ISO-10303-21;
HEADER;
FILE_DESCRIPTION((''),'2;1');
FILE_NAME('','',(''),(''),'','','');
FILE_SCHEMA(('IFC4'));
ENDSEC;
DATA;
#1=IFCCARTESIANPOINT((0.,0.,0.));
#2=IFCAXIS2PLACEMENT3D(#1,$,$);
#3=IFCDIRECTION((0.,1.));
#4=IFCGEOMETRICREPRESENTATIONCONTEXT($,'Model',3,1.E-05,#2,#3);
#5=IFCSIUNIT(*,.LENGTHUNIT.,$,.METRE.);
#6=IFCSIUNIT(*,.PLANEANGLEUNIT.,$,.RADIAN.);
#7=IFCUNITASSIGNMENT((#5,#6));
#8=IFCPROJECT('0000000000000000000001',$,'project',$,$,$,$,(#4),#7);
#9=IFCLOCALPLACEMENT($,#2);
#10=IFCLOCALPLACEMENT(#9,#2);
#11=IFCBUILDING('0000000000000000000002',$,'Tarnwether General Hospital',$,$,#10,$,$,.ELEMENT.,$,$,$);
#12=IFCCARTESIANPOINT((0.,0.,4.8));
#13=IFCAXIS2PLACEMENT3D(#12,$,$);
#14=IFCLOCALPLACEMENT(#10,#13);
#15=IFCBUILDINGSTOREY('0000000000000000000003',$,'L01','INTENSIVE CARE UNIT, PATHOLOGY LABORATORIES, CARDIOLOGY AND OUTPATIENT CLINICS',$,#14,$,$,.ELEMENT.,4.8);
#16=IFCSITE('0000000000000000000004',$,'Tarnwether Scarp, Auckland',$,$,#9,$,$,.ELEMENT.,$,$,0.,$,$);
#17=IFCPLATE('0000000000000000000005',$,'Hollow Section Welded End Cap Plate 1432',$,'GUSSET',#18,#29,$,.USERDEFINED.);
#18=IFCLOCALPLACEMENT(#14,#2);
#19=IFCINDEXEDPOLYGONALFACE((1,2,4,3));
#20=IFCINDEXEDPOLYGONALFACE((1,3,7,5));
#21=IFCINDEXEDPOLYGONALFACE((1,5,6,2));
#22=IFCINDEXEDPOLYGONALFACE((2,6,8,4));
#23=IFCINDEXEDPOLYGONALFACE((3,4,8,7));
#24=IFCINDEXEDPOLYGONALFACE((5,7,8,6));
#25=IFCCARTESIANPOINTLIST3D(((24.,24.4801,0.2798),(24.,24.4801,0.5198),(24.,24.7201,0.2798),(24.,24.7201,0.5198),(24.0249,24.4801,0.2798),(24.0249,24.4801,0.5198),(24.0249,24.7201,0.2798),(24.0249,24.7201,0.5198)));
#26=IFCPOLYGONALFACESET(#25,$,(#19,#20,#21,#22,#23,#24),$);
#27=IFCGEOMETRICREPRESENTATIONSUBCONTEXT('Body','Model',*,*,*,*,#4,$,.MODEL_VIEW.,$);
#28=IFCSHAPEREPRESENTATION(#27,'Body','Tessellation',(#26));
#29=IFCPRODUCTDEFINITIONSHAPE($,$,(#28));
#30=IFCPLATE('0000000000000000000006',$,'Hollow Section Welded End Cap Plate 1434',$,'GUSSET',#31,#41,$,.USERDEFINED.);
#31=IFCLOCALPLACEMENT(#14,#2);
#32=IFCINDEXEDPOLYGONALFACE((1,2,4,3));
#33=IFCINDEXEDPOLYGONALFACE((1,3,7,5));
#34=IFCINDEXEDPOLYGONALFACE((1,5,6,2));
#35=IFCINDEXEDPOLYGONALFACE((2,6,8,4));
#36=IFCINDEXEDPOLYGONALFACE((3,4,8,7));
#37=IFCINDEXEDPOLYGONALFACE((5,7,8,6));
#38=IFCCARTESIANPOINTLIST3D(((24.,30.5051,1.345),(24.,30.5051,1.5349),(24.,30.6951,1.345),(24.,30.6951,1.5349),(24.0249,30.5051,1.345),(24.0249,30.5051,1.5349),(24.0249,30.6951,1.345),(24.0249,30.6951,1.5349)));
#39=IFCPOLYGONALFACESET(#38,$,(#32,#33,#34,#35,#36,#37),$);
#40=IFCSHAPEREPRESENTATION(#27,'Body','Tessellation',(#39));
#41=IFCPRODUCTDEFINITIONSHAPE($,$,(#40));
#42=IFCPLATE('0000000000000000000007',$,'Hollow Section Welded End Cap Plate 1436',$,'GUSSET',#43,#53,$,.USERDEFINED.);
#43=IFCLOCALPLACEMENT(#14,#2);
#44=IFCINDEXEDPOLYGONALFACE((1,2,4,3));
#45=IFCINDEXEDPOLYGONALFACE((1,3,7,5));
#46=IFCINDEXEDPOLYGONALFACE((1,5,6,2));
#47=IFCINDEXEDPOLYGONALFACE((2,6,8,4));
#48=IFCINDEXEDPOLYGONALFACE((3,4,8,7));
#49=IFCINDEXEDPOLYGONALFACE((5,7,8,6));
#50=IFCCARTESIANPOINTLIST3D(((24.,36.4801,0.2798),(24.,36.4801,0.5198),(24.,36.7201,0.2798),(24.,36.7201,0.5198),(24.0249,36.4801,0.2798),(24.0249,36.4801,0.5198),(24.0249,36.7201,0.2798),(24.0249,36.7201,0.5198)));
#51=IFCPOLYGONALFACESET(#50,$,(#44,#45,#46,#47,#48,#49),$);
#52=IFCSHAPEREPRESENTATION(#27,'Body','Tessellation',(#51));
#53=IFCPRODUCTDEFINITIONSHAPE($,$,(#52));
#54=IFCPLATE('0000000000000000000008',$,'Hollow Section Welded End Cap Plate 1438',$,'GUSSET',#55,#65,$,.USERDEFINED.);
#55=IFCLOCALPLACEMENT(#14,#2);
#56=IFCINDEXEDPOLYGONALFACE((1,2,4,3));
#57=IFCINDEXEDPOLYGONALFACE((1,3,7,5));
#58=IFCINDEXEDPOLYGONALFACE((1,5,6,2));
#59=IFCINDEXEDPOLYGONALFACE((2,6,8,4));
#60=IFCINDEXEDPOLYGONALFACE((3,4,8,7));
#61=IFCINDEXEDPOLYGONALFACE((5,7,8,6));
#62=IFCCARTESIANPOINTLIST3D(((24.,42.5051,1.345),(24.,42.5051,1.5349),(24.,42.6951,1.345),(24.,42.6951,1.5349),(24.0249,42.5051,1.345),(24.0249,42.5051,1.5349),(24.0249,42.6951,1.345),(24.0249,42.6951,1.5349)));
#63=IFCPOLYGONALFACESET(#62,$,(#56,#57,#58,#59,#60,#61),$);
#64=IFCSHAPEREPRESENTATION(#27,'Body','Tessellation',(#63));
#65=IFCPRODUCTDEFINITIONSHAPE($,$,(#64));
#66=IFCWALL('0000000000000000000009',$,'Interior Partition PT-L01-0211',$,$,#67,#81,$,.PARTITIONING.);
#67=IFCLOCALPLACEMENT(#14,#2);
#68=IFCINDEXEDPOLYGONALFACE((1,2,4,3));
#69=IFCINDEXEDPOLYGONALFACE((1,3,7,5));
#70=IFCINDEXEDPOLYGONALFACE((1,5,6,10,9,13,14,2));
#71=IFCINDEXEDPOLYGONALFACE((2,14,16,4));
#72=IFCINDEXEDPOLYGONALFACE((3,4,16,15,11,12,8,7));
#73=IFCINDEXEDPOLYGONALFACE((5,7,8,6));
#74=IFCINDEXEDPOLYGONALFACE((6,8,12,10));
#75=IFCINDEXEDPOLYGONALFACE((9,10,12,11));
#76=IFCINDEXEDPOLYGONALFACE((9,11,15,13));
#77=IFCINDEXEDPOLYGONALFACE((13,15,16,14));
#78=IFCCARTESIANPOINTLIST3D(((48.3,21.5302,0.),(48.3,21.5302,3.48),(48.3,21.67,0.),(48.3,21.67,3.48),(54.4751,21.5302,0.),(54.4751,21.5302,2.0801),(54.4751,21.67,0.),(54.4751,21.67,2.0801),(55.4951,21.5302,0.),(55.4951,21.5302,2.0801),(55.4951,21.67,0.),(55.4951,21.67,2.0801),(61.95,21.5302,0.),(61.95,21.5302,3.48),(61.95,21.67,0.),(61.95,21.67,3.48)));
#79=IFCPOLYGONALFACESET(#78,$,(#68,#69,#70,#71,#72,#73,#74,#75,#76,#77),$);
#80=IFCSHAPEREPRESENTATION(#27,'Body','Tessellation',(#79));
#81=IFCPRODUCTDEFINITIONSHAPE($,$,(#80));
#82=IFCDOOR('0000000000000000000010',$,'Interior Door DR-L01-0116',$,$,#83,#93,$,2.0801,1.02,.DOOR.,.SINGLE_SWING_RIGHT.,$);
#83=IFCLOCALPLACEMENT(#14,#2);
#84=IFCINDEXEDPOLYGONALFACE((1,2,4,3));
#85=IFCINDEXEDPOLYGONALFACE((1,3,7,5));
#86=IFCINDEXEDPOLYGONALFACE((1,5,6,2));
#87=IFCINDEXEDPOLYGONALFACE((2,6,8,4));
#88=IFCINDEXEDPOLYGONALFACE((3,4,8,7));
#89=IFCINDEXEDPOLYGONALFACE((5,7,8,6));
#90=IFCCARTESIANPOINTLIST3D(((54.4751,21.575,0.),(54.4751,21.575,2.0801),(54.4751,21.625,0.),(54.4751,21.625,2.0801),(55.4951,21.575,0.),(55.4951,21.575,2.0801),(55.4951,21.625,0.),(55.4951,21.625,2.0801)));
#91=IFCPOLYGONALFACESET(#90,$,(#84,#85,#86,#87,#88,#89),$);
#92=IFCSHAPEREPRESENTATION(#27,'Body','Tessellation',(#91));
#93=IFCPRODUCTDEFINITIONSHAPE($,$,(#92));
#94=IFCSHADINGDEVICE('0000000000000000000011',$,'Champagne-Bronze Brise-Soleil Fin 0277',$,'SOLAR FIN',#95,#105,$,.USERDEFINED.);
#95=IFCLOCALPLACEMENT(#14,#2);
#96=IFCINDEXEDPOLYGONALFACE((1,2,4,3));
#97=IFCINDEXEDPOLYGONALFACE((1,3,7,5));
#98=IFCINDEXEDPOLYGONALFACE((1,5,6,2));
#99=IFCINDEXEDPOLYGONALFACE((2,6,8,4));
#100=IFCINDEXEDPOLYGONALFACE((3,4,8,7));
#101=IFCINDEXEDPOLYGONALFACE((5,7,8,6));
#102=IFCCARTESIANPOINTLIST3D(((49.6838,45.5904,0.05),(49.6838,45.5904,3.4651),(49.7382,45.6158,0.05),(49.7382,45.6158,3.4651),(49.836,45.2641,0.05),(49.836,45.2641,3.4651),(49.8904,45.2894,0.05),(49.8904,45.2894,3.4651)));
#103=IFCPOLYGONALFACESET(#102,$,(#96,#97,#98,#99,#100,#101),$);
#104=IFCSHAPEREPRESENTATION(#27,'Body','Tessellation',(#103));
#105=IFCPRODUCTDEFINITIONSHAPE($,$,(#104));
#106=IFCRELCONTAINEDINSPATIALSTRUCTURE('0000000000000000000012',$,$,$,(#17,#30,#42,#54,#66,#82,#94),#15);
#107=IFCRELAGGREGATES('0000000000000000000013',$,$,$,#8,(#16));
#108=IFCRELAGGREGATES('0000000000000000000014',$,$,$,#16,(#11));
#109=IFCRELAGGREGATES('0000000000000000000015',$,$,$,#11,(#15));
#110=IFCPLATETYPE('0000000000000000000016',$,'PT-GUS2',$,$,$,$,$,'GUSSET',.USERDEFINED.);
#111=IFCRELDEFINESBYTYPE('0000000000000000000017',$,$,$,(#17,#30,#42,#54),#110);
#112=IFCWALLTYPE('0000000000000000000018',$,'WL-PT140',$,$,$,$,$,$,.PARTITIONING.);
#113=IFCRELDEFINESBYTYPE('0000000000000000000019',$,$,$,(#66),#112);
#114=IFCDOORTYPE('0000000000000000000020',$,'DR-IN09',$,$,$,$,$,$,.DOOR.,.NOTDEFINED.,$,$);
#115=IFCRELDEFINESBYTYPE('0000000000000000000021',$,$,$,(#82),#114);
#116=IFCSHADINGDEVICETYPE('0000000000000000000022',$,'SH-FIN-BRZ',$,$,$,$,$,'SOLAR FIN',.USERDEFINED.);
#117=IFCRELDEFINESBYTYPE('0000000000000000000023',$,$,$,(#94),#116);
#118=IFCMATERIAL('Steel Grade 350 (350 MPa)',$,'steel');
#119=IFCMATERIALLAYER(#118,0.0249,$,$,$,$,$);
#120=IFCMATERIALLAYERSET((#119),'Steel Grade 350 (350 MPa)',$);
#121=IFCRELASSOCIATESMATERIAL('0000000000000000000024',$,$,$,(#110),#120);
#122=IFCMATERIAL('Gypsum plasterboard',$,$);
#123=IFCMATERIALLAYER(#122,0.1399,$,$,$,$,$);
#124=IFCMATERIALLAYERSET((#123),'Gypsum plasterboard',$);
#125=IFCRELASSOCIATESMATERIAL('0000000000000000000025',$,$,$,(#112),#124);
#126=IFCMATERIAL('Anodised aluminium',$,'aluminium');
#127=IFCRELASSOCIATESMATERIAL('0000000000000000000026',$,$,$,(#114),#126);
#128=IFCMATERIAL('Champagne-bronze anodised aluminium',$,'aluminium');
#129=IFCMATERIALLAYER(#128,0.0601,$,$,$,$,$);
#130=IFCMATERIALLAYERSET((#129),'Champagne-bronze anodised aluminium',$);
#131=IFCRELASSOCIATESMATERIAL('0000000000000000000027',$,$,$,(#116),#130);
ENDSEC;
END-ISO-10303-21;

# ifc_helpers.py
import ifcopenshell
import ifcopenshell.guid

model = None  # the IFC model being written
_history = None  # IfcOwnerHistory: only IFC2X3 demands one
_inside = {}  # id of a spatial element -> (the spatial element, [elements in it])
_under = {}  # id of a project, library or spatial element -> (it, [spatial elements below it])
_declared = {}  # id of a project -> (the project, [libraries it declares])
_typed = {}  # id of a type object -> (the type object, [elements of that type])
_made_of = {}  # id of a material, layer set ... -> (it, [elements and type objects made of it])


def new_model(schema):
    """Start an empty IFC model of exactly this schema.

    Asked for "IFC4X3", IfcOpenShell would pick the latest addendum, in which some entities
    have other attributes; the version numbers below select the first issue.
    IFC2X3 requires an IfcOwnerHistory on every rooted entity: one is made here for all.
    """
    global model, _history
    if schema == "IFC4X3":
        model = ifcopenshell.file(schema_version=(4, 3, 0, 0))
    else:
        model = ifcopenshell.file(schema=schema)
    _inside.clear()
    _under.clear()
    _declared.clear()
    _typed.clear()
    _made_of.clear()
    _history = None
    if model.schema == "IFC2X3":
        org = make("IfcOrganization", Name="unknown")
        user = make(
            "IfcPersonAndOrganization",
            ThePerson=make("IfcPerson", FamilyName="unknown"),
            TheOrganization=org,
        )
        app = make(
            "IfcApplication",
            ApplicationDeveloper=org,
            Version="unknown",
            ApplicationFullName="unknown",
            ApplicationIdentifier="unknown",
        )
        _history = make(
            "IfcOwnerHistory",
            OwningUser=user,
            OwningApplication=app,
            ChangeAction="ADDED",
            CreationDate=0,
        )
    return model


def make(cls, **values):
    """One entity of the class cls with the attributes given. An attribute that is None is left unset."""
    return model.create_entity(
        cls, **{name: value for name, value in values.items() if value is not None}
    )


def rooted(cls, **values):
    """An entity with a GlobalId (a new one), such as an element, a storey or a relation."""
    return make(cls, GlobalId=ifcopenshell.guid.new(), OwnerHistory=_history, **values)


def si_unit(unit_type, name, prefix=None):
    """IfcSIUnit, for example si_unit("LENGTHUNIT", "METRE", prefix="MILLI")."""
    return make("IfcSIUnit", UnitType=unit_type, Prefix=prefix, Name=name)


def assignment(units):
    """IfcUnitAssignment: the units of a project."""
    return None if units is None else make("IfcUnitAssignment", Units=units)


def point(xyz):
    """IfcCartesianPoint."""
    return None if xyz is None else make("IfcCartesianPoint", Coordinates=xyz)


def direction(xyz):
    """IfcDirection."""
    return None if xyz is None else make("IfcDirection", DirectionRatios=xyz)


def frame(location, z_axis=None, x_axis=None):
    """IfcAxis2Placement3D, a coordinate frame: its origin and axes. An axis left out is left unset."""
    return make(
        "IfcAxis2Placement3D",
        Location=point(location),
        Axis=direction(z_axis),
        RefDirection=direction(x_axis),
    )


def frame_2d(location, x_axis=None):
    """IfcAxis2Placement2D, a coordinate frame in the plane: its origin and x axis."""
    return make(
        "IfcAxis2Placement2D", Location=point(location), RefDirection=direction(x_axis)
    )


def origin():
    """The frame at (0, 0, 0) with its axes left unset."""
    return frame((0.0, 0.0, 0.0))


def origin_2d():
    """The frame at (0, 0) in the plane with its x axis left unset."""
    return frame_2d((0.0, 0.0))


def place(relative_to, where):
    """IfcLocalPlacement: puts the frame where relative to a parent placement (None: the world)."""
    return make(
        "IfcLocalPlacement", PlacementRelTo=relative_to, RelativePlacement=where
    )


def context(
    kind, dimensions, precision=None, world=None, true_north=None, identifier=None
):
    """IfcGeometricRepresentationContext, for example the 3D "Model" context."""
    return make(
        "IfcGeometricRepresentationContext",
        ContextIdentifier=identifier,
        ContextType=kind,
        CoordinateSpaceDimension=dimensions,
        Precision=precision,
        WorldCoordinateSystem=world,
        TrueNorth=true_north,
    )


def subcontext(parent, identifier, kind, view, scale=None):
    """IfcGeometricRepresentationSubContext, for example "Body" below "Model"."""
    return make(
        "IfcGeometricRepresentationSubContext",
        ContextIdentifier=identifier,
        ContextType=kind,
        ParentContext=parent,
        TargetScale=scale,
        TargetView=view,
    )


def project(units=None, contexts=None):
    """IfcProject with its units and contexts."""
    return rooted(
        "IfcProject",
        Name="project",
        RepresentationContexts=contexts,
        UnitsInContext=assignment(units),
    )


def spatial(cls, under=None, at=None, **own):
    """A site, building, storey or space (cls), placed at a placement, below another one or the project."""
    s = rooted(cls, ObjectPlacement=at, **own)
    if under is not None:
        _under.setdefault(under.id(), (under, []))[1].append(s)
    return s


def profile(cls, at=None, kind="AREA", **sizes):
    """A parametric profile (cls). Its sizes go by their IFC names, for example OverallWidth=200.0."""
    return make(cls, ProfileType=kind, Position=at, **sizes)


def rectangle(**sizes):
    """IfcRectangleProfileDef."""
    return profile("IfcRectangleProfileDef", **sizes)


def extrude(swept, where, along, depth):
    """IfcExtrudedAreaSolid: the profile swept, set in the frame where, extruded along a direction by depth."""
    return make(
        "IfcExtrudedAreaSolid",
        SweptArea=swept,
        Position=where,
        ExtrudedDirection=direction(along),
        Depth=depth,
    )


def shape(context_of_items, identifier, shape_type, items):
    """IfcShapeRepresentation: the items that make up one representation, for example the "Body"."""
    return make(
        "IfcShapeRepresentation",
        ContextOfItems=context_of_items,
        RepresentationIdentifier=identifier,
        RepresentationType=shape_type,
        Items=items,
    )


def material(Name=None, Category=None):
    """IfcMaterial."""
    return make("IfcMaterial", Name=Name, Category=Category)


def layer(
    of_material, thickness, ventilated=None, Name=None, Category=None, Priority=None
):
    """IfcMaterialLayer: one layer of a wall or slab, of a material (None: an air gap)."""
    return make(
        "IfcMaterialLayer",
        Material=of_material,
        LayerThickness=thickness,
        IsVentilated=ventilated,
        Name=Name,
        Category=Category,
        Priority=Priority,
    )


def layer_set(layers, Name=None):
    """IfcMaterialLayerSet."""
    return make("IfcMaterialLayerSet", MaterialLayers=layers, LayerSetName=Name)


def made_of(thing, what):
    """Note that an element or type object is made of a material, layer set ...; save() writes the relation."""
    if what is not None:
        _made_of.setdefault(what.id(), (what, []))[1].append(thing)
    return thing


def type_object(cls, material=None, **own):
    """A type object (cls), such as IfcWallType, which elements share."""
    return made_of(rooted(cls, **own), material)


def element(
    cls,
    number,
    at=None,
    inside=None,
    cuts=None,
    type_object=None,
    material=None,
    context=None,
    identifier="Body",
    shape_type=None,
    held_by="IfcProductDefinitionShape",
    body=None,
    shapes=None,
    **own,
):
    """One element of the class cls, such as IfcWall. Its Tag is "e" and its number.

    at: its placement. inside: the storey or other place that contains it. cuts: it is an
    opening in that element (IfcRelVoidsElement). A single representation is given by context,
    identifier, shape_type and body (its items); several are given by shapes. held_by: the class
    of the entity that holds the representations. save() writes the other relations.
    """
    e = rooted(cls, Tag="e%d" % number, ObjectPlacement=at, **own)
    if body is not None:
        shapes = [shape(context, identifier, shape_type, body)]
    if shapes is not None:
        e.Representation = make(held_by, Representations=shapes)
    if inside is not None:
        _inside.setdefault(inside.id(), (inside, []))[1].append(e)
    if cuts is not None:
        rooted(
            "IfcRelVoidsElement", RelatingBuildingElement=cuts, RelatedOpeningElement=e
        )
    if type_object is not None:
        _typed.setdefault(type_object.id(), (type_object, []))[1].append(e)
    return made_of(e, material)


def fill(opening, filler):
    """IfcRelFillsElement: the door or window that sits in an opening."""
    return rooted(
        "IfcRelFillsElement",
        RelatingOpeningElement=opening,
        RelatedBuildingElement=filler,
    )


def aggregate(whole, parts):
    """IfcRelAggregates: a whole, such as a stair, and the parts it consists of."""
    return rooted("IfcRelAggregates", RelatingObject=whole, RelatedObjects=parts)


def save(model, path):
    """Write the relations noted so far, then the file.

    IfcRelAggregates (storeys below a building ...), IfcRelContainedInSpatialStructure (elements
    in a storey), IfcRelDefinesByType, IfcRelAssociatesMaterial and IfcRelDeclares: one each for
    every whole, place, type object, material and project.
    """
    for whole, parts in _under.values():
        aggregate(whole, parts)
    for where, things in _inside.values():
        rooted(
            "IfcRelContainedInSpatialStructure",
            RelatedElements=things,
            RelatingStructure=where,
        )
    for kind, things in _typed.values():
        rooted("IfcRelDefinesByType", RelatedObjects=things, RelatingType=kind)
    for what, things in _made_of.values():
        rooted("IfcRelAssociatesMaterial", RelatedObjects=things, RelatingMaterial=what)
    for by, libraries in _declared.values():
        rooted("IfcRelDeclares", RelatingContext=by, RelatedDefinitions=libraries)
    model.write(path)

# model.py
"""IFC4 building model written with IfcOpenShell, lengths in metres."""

from ifc_helpers import new_model, si_unit, direction, frame, frame_2d, origin, origin_2d, place, context, subcontext, project, spatial, rectangle, extrude, material, layer, layer_set, type_object, element, fill, save


model = new_model("IFC4")

# Units and contexts
model_context = context("Model", 3, precision=1e-05, world=origin(), true_north=direction((0.0, 1.0)))
body_context = subcontext(model_context, "Body", "Model", "MODEL_VIEW")
ifc_project = project(units=[si_unit("LENGTHUNIT", "METRE"), si_unit("PLANEANGLEUNIT", "RADIAN")], contexts=[model_context])

# Site, building, storey
site_placement = place(None, origin())
site = spatial("IfcSite", under=ifc_project, at=site_placement, Name="Tarnwether Scarp, Auckland", CompositionType="ELEMENT", RefElevation=0.0)
building_placement = place(site_placement, origin())
building = spatial("IfcBuilding", under=site, at=building_placement, Name="Tarnwether General Hospital", CompositionType="ELEMENT")
storey_placement = place(building_placement, frame((0.0, 0.0, 4.8)))
storey = spatial("IfcBuildingStorey", under=building, at=storey_placement, Name="L01", Description="INTENSIVE CARE UNIT, PATHOLOGY LABORATORIES, CARDIOLOGY AND OUTPATIENT CLINICS", CompositionType="ELEMENT", Elevation=4.8)

# Plates
ifc_material_1 = material(Name="Steel Grade 350 (350 MPa)", Category="steel")
ifc_layer_1 = layer(ifc_material_1, 0.0249)
ifc_layer_set_1 = layer_set([ifc_layer_1], Name="Steel Grade 350 (350 MPa)")
plate_type = type_object("IfcPlateType", Name="PT-GUS2", ElementType="GUSSET", PredefinedType="USERDEFINED", material=ifc_layer_set_1)
plate_1_placement = place(storey_placement, frame((24.0125, 24.6001, 0.2798), z_axis=(0.0, 0.0, 1.0), x_axis=(1.0, 0.0, 0.0)))
element("IfcPlate", 1, at=plate_1_placement, inside=storey, type_object=plate_type, Name="Hollow Section Welded End Cap Plate 1432", ObjectType="GUSSET", PredefinedType="USERDEFINED", context=body_context, shape_type="SweptSolid", body=[
    extrude(rectangle(XDim=0.0249, YDim=0.24, at=origin_2d()), origin(), (0.0, 0.0, 1.0), 0.24),
])
plate_2_placement = place(storey_placement, frame((24.0125, 30.6001, 1.345), z_axis=(0.0, 0.0, 1.0), x_axis=(1.0, 0.0, 0.0)))
element("IfcPlate", 2, at=plate_2_placement, inside=storey, type_object=plate_type, Name="Hollow Section Welded End Cap Plate 1434", ObjectType="GUSSET", PredefinedType="USERDEFINED", context=body_context, shape_type="SweptSolid", body=[
    extrude(rectangle(XDim=0.0249, YDim=0.1899, at=origin_2d()), origin(), (0.0, 0.0, 1.0), 0.1899),
])
plate_3_placement = place(storey_placement, frame((24.0125, 36.6001, 0.2798), z_axis=(0.0, 0.0, 1.0), x_axis=(1.0, 0.0, 0.0)))
element("IfcPlate", 3, at=plate_3_placement, inside=storey, type_object=plate_type, Name="Hollow Section Welded End Cap Plate 1436", ObjectType="GUSSET", PredefinedType="USERDEFINED", context=body_context, shape_type="SweptSolid", body=[
    extrude(rectangle(XDim=0.0249, YDim=0.24, at=origin_2d()), origin(), (0.0, 0.0, 1.0), 0.24),
])
plate_4_placement = place(storey_placement, frame((24.0125, 42.6001, 1.345), z_axis=(0.0, 0.0, 1.0), x_axis=(1.0, 0.0, 0.0)))
element("IfcPlate", 4, at=plate_4_placement, inside=storey, type_object=plate_type, Name="Hollow Section Welded End Cap Plate 1438", ObjectType="GUSSET", PredefinedType="USERDEFINED", context=body_context, shape_type="SweptSolid", body=[
    extrude(rectangle(XDim=0.0249, YDim=0.1899, at=origin_2d()), origin(), (0.0, 0.0, 1.0), 0.1899),
])

# Wall, opening, door
ifc_material_2 = material(Name="Gypsum plasterboard")
ifc_layer_2 = layer(ifc_material_2, 0.1399)
ifc_layer_set_2 = layer_set([ifc_layer_2], Name="Gypsum plasterboard")
wall_type = type_object("IfcWallType", Name="WL-PT140", PredefinedType="PARTITIONING", material=ifc_layer_set_2)
wall_placement = place(storey_placement, frame((48.3, 21.6001, 0.0), z_axis=(0.0, 0.0, 1.0), x_axis=(1.0, 0.0, 0.0)))
wall = element("IfcWall", 5, at=wall_placement, inside=storey, type_object=wall_type, Name="Interior Partition PT-L01-0211", PredefinedType="PARTITIONING", context=body_context, shape_type="SweptSolid", body=[
    extrude(rectangle(XDim=13.6499, YDim=0.1399, at=frame_2d((6.825, 0.0))), origin(), (0.0, 0.0, 1.0), 3.48),
])
opening_placement = place(wall_placement, frame((6.175, 0.0, 0.0)))
opening = element("IfcOpeningElement", 6, at=opening_placement, cuts=wall, PredefinedType="OPENING", context=body_context, shape_type="SweptSolid", body=[
    extrude(rectangle(XDim=1.02, YDim=2.0801, at=frame_2d((0.51, 1.04))), frame((0.0, 0.0801, 0.0), z_axis=(0.0, -1.0, 0.0), x_axis=(1.0, 0.0, 0.0)), (0.0, 0.0, 1.0), 0.1599),
])
ifc_material_3 = material(Name="Anodised aluminium", Category="aluminium")
door_type = type_object("IfcDoorType", Name="DR-IN09", OperationType="NOTDEFINED", PredefinedType="DOOR", material=ifc_material_3)
door_placement = place(opening_placement, origin())
door = element("IfcDoor", 7, at=door_placement, inside=storey, type_object=door_type, Name="Interior Door DR-L01-0116", OperationType="SINGLE_SWING_RIGHT", OverallHeight=2.0801, OverallWidth=1.02, PredefinedType="DOOR", context=body_context, shape_type="SweptSolid", body=[
    extrude(rectangle(XDim=1.02, YDim=2.0801, at=frame_2d((0.51, 1.04))), frame((0.0, 0.0249, 0.0), z_axis=(0.0, -1.0, 0.0), x_axis=(1.0, 0.0, 0.0)), (0.0, 0.0, 1.0), 0.05),
])
fill(opening, door)

# Shading device
ifc_material_4 = material(Name="Champagne-bronze anodised aluminium", Category="aluminium")
ifc_layer_3 = layer(ifc_material_4, 0.0601)
ifc_layer_set_3 = layer_set([ifc_layer_3], Name="Champagne-bronze anodised aluminium")
shading_device_type = type_object("IfcShadingDeviceType", Name="SH-FIN-BRZ", ElementType="SOLAR FIN", PredefinedType="USERDEFINED", material=ifc_layer_set_3)
shading_device_placement = place(storey_placement, frame((49.7871, 45.4399, 0.05), z_axis=(0.0, 0.0, 1.0), x_axis=(-0.906308, -0.422618, 0.0)))
element("IfcShadingDevice", 8, at=shading_device_placement, inside=storey, type_object=shading_device_type, Name="Champagne-Bronze Brise-Soleil Fin 0277", ObjectType="SOLAR FIN", PredefinedType="USERDEFINED", context=body_context, shape_type="SweptSolid", body=[
    extrude(rectangle(XDim=0.0601, YDim=0.3601, at=origin_2d()), origin(), (0.0, 0.0, 1.0), 3.415),
])

save(model, "model.ifc")
